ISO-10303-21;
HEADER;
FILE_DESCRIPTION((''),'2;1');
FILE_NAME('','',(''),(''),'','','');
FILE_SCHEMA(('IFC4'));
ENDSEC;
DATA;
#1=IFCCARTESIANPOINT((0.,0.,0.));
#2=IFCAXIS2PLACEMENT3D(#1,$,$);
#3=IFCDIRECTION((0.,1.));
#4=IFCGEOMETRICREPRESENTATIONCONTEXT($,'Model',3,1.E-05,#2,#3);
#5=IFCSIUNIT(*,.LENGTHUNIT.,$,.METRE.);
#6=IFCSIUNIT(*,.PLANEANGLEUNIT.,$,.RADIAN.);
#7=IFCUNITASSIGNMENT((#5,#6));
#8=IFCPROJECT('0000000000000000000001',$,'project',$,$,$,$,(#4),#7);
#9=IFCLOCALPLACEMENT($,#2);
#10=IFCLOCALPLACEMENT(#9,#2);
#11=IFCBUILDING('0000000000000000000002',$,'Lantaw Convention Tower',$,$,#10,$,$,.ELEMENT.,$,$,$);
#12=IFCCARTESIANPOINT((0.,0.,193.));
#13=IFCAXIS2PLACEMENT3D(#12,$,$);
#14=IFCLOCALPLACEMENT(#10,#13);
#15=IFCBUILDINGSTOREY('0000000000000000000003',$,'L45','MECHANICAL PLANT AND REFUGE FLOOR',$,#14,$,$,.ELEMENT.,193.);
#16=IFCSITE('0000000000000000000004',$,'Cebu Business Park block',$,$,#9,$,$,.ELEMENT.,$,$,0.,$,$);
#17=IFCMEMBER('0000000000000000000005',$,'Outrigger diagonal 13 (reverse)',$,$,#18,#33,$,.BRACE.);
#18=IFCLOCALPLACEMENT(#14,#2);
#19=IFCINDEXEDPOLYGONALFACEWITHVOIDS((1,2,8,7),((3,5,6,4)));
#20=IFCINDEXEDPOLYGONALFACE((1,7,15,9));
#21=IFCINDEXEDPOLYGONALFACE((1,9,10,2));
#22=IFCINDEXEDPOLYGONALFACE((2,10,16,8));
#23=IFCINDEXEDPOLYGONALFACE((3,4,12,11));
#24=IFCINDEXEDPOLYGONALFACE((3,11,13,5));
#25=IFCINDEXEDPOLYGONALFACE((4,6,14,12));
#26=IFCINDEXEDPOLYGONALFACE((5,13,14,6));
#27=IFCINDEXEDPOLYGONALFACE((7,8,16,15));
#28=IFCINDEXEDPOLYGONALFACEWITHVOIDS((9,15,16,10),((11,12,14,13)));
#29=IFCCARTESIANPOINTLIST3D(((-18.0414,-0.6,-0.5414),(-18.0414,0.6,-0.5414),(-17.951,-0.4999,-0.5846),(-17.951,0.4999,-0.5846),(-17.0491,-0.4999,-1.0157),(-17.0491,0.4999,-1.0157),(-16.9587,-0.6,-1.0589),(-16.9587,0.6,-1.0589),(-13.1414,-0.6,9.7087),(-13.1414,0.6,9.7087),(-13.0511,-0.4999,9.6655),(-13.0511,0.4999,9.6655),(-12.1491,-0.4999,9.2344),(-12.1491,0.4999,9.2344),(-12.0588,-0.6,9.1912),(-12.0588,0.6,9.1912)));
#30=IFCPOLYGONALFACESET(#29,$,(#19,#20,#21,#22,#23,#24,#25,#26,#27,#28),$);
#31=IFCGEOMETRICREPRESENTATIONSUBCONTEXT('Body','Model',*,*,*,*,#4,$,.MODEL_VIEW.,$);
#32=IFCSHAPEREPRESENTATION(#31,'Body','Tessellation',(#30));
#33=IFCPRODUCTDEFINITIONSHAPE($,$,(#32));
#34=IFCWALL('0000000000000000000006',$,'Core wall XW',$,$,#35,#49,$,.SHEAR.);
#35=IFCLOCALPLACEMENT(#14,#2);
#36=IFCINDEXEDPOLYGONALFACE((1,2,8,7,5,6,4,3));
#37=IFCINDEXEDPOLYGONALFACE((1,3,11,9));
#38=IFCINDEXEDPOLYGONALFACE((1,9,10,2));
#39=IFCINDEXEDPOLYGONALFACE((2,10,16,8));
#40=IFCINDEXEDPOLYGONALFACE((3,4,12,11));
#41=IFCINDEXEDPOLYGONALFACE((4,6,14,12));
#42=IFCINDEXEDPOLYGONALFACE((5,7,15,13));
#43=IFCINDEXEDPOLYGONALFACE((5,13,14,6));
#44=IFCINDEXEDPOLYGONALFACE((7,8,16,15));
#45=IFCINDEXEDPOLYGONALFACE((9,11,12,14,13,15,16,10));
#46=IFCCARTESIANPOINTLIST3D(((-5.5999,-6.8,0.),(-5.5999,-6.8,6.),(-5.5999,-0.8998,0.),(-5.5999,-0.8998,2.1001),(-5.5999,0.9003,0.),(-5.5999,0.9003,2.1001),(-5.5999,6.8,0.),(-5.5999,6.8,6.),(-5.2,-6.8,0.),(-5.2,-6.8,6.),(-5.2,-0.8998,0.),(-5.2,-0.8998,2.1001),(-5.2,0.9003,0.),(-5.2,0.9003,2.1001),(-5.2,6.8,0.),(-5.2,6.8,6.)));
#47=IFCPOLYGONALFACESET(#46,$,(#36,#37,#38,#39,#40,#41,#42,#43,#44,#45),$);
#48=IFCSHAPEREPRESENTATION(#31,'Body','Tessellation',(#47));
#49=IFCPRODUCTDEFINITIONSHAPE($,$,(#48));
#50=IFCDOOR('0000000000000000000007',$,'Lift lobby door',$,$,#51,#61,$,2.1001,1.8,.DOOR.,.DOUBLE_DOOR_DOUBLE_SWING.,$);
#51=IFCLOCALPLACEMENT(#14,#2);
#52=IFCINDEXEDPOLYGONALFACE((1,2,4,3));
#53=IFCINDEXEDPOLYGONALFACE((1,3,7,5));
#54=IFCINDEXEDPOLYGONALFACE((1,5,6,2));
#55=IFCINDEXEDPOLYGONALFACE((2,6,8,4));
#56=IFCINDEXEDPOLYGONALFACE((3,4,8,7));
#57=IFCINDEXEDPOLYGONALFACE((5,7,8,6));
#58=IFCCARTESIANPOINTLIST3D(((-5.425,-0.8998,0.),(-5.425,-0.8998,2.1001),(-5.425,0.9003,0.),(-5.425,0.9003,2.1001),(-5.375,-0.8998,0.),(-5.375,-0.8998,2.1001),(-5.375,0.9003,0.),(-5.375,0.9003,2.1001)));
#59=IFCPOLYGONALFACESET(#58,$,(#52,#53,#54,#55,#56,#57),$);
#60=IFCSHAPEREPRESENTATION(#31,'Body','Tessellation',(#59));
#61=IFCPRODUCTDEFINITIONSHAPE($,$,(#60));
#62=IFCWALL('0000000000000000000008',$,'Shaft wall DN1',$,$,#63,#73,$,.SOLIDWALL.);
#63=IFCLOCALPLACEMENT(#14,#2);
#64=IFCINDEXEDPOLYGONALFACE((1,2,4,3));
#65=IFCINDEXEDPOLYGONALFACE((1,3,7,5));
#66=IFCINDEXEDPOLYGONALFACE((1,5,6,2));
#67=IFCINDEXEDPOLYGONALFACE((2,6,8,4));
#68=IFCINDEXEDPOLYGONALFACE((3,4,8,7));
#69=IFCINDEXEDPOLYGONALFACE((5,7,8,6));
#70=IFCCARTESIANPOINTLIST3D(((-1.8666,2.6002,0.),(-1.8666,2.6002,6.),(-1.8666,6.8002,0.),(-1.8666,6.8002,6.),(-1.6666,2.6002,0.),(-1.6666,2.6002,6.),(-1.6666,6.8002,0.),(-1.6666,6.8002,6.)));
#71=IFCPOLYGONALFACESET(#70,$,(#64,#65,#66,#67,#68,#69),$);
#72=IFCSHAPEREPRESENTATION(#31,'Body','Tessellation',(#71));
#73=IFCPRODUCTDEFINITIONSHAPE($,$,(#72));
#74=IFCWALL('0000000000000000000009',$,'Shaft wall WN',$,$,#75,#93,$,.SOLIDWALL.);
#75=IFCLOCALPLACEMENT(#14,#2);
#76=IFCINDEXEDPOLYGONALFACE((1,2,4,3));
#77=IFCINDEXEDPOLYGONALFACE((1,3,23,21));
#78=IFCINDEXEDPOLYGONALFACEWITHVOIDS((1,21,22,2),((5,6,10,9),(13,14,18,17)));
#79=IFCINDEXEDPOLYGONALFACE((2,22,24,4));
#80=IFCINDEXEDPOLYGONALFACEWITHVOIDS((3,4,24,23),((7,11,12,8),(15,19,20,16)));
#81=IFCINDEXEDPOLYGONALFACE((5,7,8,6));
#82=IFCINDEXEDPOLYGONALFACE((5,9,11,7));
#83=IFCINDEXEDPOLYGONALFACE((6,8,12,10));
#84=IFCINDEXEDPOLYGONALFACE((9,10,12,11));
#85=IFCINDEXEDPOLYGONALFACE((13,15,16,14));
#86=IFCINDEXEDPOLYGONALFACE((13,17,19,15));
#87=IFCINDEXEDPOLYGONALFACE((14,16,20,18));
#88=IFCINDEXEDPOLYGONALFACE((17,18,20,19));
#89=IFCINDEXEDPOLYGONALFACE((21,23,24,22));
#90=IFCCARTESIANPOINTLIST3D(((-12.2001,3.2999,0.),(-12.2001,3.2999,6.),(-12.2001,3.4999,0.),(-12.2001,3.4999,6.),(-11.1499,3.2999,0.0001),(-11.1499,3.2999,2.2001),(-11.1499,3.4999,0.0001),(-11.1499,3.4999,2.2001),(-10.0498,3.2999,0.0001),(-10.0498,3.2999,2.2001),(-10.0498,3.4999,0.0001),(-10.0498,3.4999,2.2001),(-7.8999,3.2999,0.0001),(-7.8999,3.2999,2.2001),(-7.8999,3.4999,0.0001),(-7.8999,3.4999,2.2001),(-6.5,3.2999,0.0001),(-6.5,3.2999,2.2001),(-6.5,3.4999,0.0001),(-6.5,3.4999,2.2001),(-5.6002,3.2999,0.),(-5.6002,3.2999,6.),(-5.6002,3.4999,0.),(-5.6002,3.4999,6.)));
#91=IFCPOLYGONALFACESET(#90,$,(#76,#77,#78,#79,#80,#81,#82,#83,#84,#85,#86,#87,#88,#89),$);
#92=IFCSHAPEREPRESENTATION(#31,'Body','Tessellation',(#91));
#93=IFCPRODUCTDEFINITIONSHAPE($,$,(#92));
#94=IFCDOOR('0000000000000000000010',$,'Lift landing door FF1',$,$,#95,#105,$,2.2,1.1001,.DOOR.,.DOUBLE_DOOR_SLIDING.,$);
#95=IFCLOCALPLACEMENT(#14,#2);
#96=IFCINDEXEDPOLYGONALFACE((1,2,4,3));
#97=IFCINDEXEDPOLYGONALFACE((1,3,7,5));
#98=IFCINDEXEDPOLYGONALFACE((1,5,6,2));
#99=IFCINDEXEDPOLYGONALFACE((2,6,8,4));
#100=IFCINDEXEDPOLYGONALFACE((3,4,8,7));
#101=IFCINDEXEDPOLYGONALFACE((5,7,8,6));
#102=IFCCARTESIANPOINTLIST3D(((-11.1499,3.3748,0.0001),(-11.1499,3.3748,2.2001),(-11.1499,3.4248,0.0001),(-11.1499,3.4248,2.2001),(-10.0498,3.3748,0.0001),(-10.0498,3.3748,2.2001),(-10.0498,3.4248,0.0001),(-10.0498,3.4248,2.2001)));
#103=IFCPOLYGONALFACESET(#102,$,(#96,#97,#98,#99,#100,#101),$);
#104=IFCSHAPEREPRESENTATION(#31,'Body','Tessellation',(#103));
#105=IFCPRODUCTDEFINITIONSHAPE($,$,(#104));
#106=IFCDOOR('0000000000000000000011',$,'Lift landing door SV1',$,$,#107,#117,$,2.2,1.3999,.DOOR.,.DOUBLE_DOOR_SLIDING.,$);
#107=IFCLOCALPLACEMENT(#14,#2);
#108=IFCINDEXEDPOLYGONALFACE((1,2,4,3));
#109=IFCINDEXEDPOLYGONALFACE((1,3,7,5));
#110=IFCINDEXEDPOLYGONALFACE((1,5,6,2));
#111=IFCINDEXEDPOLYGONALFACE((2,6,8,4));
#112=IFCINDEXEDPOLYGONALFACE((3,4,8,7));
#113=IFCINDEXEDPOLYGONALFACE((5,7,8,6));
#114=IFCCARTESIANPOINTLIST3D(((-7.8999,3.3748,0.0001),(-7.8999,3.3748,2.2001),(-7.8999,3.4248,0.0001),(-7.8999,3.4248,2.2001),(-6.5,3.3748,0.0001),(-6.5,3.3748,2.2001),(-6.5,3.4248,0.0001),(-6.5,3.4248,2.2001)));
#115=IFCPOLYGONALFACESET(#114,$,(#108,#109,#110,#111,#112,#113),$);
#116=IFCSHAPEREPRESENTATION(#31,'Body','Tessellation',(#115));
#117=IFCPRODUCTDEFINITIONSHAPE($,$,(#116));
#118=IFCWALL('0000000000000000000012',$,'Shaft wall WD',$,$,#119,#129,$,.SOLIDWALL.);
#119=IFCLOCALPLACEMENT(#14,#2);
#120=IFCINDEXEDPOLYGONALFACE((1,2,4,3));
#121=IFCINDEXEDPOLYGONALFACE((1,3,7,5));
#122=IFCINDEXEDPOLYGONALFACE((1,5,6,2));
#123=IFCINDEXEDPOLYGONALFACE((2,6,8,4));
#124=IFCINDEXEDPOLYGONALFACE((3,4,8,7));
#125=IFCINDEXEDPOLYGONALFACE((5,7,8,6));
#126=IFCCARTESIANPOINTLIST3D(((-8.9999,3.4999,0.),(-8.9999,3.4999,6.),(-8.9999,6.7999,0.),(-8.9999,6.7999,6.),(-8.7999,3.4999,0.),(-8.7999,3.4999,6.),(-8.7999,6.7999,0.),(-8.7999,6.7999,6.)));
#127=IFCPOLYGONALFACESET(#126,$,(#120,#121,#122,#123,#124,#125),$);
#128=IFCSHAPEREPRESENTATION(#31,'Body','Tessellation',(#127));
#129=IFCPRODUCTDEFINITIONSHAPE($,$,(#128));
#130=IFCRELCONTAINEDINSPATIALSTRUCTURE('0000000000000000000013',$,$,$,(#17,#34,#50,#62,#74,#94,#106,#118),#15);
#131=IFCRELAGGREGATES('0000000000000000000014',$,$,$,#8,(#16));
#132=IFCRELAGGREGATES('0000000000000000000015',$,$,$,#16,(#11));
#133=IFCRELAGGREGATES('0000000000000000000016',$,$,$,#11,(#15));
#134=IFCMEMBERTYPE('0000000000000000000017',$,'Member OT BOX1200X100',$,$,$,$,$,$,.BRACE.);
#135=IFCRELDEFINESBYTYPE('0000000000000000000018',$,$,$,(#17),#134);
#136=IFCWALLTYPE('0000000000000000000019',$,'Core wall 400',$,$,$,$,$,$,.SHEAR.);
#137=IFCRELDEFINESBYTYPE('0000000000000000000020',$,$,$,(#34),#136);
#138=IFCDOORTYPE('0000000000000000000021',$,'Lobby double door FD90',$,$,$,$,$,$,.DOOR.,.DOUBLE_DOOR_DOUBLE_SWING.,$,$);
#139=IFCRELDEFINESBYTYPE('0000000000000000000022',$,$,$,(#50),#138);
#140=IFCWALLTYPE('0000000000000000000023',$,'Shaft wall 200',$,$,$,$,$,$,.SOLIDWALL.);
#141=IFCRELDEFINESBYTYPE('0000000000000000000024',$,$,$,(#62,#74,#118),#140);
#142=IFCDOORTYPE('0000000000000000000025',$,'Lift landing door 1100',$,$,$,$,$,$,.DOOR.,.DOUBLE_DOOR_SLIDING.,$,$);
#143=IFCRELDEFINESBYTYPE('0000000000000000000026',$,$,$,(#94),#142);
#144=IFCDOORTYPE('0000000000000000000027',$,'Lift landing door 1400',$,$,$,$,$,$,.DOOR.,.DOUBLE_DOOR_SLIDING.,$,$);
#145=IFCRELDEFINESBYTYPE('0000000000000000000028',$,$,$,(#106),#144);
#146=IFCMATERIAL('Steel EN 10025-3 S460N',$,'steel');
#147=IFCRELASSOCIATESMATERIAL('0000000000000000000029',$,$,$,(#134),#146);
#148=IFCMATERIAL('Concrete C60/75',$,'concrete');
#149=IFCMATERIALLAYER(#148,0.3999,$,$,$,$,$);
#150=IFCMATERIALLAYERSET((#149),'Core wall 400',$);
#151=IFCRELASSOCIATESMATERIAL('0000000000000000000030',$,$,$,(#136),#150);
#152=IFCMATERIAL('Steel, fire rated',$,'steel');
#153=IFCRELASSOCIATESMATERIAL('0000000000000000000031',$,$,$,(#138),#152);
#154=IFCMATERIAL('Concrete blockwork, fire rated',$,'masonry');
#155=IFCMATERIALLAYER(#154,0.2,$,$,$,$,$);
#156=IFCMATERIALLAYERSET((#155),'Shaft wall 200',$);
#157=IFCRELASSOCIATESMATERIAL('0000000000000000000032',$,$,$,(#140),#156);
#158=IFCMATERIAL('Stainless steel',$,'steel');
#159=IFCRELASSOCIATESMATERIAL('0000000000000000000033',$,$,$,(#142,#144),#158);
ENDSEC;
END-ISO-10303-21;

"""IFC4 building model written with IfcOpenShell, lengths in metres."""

from ifc_helpers import new_model, si_unit, direction, frame, frame_2d, origin, origin_2d, place, context, subcontext, project, spatial, rectangle, hollow_rectangle, extrude, material, layer, layer_set, material_profile, profile_set, type_object, element, fill, save


model = new_model("IFC4")

# Units and contexts
model_context = context("Model", 3, precision=1e-05, world=origin(), true_north=direction((0.0, 1.0)))
body_context = subcontext(model_context, "Body", "Model", "MODEL_VIEW")
ifc_project = project(units=[si_unit("LENGTHUNIT", "METRE"), si_unit("PLANEANGLEUNIT", "RADIAN")], contexts=[model_context])

# Site, building, storey
site_placement = place(None, origin())
site = spatial("IfcSite", under=ifc_project, at=site_placement, Name="Cebu Business Park block", CompositionType="ELEMENT", RefElevation=0.0)
building_placement = place(site_placement, origin())
building = spatial("IfcBuilding", under=site, at=building_placement, Name="Lantaw Convention Tower", CompositionType="ELEMENT")
storey_placement = place(building_placement, frame((0.0, 0.0, 193.0)))
storey = spatial("IfcBuildingStorey", under=building, at=storey_placement, Name="L45", Description="MECHANICAL PLANT AND REFUGE FLOOR", CompositionType="ELEMENT", Elevation=193.0)

# Shared definitions
ifc_material_1 = material(Name="Steel EN 10025-3 S460N", Category="steel")

# Member
ifc_material_profile_1 = material_profile(ifc_material_1, hollow_rectangle(XDim=1.2, YDim=1.2, WallThickness=0.1001, at=origin_2d()), Name="BOX1200X100")
ifc_profile_set_1 = profile_set([ifc_material_profile_1], Name="Steel EN 10025-3 S460N")
member_type = type_object("IfcMemberType", Name="Member OT BOX1200X100", PredefinedType="BRACE", material=ifc_profile_set_1)
member_1_placement = place(storey_placement, frame((-12.6001, 0.0, 9.45), z_axis=(-0.431293, 0.0, -0.902212), x_axis=(0.0, -1.0, 0.0)))
element("IfcMember", 1, at=member_1_placement, inside=storey, type_object=member_type, Name="Outrigger diagonal 13 (reverse)", PredefinedType="BRACE", context=body_context, shape_type="SweptSolid", body=[
    extrude(hollow_rectangle(XDim=1.2, YDim=1.2, WallThickness=0.1001, at=origin_2d()), origin(), (0.0, 0.0, 1.0), 11.3611),
])

# Wall, opening, door
ifc_material_2 = material(Name="Concrete C60/75", Category="concrete")
ifc_layer_1 = layer(ifc_material_2, 0.3999)
ifc_layer_set_1 = layer_set([ifc_layer_1], Name="Core wall 400")
wall_type_1 = type_object("IfcWallType", Name="Core wall 400", PredefinedType="SHEAR", material=ifc_layer_set_1)
wall_1_placement = place(storey_placement, frame((-5.3999, 6.8, 0.0), z_axis=(0.0, 0.0, 1.0), x_axis=(0.0, -1.0, 0.0)))
wall_1 = element("IfcWall", 2, at=wall_1_placement, inside=storey, type_object=wall_type_1, Name="Core wall XW", PredefinedType="SHEAR", context=body_context, shape_type="SweptSolid", body=[
    extrude(rectangle(XDim=13.6001, YDim=0.3999, at=frame_2d((6.8, 0.0))), origin(), (0.0, 0.0, 1.0), 6.0),
])
opening_1_placement = place(wall_1_placement, frame((5.8999, 0.0, 0.0)))
opening_1 = element("IfcOpeningElement", 3, at=opening_1_placement, cuts=wall_1, PredefinedType="OPENING", context=body_context, shape_type="SweptSolid", body=[
    extrude(rectangle(XDim=1.8, YDim=2.1001, at=frame_2d((0.8999, 1.05))), frame((0.0, 0.21, 0.0), z_axis=(0.0, -1.0, 0.0), x_axis=(1.0, 0.0, 0.0)), (0.0, 0.0, 1.0), 0.4199),
])
ifc_material_3 = material(Name="Steel, fire rated", Category="steel")
door_type_1 = type_object("IfcDoorType", Name="Lobby double door FD90", OperationType="DOUBLE_DOOR_DOUBLE_SWING", PredefinedType="DOOR", material=ifc_material_3)
door_1_placement = place(opening_1_placement, origin())
door_1 = element("IfcDoor", 4, at=door_1_placement, inside=storey, type_object=door_type_1, Name="Lift lobby door", OperationType="DOUBLE_DOOR_DOUBLE_SWING", OverallHeight=2.1001, OverallWidth=1.8, PredefinedType="DOOR", context=body_context, shape_type="SweptSolid", body=[
    extrude(rectangle(XDim=1.8, YDim=2.1001, at=frame_2d((0.8999, 1.05))), frame((0.0, 0.0249, 0.0), z_axis=(0.0, -1.0, 0.0), x_axis=(1.0, 0.0, 0.0)), (0.0, 0.0, 1.0), 0.05),
])
fill(opening_1, door_1)

# Wall
ifc_material_4 = material(Name="Concrete blockwork, fire rated", Category="masonry")
ifc_layer_2 = layer(ifc_material_4, 0.2)
ifc_layer_set_2 = layer_set([ifc_layer_2], Name="Shaft wall 200")
wall_type_2 = type_object("IfcWallType", Name="Shaft wall 200", PredefinedType="SOLIDWALL", material=ifc_layer_set_2)
wall_2_placement = place(storey_placement, frame((-1.7666, 2.6001, 0.0), z_axis=(0.0, 0.0, 1.0), x_axis=(0.0, 1.0, 0.0)))
element("IfcWall", 5, at=wall_2_placement, inside=storey, type_object=wall_type_2, Name="Shaft wall DN1", PredefinedType="SOLIDWALL", context=body_context, shape_type="SweptSolid", body=[
    extrude(rectangle(XDim=4.2, YDim=0.2, at=frame_2d((2.1001, 0.0))), origin(), (0.0, 0.0, 1.0), 6.0),
])

# Wall, openings, doors
wall_3_placement = place(storey_placement, frame((-12.2, 3.3999, 0.0), z_axis=(0.0, 0.0, 1.0), x_axis=(1.0, 0.0, 0.0)))
wall_3 = element("IfcWall", 6, at=wall_3_placement, inside=storey, type_object=wall_type_2, Name="Shaft wall WN", PredefinedType="SOLIDWALL", context=body_context, shape_type="SweptSolid", body=[
    extrude(rectangle(XDim=6.5999, YDim=0.2, at=frame_2d((3.2998, 0.0))), origin(), (0.0, 0.0, 1.0), 6.0),
])
opening_2_placement = place(wall_3_placement, frame((1.05, 0.0, 0.0)))
opening_2 = element("IfcOpeningElement", 7, at=opening_2_placement, cuts=wall_3, PredefinedType="OPENING", context=body_context, shape_type="SweptSolid", body=[
    extrude(rectangle(XDim=1.1001, YDim=2.2, at=frame_2d((0.55, 1.1001))), frame((0.0, 0.1099, 0.0), z_axis=(0.0, -1.0, 0.0), x_axis=(1.0, 0.0, 0.0)), (0.0, 0.0, 1.0), 0.22),
])
opening_3_placement = place(wall_3_placement, frame((4.3, 0.0, 0.0)))
opening_3 = element("IfcOpeningElement", 8, at=opening_3_placement, cuts=wall_3, PredefinedType="OPENING", context=body_context, shape_type="SweptSolid", body=[
    extrude(rectangle(XDim=1.3999, YDim=2.2, at=frame_2d((0.7, 1.1001))), frame((0.0, 0.1099, 0.0), z_axis=(0.0, -1.0, 0.0), x_axis=(1.0, 0.0, 0.0)), (0.0, 0.0, 1.0), 0.22),
])
ifc_material_5 = material(Name="Stainless steel", Category="steel")
door_type_2 = type_object("IfcDoorType", Name="Lift landing door 1100", OperationType="DOUBLE_DOOR_SLIDING", PredefinedType="DOOR", material=ifc_material_5)
door_2_placement = place(opening_2_placement, origin())
door_2 = element("IfcDoor", 9, at=door_2_placement, inside=storey, type_object=door_type_2, Name="Lift landing door FF1", OperationType="DOUBLE_DOOR_SLIDING", OverallHeight=2.2, OverallWidth=1.1001, PredefinedType="DOOR", context=body_context, shape_type="SweptSolid", body=[
    extrude(rectangle(XDim=1.1001, YDim=2.2, at=frame_2d((0.55, 1.1001))), frame((0.0, 0.0249, 0.0), z_axis=(0.0, -1.0, 0.0), x_axis=(1.0, 0.0, 0.0)), (0.0, 0.0, 1.0), 0.05),
])
fill(opening_2, door_2)
door_type_3 = type_object("IfcDoorType", Name="Lift landing door 1400", OperationType="DOUBLE_DOOR_SLIDING", PredefinedType="DOOR", material=ifc_material_5)
door_3_placement = place(opening_3_placement, origin())
door_3 = element("IfcDoor", 10, at=door_3_placement, inside=storey, type_object=door_type_3, Name="Lift landing door SV1", OperationType="DOUBLE_DOOR_SLIDING", OverallHeight=2.2, OverallWidth=1.3999, PredefinedType="DOOR", context=body_context, shape_type="SweptSolid", body=[
    extrude(rectangle(XDim=1.3999, YDim=2.2, at=frame_2d((0.7, 1.1001))), frame((0.0, 0.0249, 0.0), z_axis=(0.0, -1.0, 0.0), x_axis=(1.0, 0.0, 0.0)), (0.0, 0.0, 1.0), 0.05),
])
fill(opening_3, door_3)

# Wall
wall_4_placement = place(storey_placement, frame((-8.8999, 3.5, 0.0), z_axis=(0.0, 0.0, 1.0), x_axis=(0.0, 1.0, 0.0)))
element("IfcWall", 11, at=wall_4_placement, inside=storey, type_object=wall_type_2, Name="Shaft wall WD", PredefinedType="SOLIDWALL", context=body_context, shape_type="SweptSolid", body=[
    extrude(rectangle(XDim=3.3, YDim=0.2, at=frame_2d((1.6499, 0.0))), origin(), (0.0, 0.0, 1.0), 6.0),
])

save(model, "model.ifc")
